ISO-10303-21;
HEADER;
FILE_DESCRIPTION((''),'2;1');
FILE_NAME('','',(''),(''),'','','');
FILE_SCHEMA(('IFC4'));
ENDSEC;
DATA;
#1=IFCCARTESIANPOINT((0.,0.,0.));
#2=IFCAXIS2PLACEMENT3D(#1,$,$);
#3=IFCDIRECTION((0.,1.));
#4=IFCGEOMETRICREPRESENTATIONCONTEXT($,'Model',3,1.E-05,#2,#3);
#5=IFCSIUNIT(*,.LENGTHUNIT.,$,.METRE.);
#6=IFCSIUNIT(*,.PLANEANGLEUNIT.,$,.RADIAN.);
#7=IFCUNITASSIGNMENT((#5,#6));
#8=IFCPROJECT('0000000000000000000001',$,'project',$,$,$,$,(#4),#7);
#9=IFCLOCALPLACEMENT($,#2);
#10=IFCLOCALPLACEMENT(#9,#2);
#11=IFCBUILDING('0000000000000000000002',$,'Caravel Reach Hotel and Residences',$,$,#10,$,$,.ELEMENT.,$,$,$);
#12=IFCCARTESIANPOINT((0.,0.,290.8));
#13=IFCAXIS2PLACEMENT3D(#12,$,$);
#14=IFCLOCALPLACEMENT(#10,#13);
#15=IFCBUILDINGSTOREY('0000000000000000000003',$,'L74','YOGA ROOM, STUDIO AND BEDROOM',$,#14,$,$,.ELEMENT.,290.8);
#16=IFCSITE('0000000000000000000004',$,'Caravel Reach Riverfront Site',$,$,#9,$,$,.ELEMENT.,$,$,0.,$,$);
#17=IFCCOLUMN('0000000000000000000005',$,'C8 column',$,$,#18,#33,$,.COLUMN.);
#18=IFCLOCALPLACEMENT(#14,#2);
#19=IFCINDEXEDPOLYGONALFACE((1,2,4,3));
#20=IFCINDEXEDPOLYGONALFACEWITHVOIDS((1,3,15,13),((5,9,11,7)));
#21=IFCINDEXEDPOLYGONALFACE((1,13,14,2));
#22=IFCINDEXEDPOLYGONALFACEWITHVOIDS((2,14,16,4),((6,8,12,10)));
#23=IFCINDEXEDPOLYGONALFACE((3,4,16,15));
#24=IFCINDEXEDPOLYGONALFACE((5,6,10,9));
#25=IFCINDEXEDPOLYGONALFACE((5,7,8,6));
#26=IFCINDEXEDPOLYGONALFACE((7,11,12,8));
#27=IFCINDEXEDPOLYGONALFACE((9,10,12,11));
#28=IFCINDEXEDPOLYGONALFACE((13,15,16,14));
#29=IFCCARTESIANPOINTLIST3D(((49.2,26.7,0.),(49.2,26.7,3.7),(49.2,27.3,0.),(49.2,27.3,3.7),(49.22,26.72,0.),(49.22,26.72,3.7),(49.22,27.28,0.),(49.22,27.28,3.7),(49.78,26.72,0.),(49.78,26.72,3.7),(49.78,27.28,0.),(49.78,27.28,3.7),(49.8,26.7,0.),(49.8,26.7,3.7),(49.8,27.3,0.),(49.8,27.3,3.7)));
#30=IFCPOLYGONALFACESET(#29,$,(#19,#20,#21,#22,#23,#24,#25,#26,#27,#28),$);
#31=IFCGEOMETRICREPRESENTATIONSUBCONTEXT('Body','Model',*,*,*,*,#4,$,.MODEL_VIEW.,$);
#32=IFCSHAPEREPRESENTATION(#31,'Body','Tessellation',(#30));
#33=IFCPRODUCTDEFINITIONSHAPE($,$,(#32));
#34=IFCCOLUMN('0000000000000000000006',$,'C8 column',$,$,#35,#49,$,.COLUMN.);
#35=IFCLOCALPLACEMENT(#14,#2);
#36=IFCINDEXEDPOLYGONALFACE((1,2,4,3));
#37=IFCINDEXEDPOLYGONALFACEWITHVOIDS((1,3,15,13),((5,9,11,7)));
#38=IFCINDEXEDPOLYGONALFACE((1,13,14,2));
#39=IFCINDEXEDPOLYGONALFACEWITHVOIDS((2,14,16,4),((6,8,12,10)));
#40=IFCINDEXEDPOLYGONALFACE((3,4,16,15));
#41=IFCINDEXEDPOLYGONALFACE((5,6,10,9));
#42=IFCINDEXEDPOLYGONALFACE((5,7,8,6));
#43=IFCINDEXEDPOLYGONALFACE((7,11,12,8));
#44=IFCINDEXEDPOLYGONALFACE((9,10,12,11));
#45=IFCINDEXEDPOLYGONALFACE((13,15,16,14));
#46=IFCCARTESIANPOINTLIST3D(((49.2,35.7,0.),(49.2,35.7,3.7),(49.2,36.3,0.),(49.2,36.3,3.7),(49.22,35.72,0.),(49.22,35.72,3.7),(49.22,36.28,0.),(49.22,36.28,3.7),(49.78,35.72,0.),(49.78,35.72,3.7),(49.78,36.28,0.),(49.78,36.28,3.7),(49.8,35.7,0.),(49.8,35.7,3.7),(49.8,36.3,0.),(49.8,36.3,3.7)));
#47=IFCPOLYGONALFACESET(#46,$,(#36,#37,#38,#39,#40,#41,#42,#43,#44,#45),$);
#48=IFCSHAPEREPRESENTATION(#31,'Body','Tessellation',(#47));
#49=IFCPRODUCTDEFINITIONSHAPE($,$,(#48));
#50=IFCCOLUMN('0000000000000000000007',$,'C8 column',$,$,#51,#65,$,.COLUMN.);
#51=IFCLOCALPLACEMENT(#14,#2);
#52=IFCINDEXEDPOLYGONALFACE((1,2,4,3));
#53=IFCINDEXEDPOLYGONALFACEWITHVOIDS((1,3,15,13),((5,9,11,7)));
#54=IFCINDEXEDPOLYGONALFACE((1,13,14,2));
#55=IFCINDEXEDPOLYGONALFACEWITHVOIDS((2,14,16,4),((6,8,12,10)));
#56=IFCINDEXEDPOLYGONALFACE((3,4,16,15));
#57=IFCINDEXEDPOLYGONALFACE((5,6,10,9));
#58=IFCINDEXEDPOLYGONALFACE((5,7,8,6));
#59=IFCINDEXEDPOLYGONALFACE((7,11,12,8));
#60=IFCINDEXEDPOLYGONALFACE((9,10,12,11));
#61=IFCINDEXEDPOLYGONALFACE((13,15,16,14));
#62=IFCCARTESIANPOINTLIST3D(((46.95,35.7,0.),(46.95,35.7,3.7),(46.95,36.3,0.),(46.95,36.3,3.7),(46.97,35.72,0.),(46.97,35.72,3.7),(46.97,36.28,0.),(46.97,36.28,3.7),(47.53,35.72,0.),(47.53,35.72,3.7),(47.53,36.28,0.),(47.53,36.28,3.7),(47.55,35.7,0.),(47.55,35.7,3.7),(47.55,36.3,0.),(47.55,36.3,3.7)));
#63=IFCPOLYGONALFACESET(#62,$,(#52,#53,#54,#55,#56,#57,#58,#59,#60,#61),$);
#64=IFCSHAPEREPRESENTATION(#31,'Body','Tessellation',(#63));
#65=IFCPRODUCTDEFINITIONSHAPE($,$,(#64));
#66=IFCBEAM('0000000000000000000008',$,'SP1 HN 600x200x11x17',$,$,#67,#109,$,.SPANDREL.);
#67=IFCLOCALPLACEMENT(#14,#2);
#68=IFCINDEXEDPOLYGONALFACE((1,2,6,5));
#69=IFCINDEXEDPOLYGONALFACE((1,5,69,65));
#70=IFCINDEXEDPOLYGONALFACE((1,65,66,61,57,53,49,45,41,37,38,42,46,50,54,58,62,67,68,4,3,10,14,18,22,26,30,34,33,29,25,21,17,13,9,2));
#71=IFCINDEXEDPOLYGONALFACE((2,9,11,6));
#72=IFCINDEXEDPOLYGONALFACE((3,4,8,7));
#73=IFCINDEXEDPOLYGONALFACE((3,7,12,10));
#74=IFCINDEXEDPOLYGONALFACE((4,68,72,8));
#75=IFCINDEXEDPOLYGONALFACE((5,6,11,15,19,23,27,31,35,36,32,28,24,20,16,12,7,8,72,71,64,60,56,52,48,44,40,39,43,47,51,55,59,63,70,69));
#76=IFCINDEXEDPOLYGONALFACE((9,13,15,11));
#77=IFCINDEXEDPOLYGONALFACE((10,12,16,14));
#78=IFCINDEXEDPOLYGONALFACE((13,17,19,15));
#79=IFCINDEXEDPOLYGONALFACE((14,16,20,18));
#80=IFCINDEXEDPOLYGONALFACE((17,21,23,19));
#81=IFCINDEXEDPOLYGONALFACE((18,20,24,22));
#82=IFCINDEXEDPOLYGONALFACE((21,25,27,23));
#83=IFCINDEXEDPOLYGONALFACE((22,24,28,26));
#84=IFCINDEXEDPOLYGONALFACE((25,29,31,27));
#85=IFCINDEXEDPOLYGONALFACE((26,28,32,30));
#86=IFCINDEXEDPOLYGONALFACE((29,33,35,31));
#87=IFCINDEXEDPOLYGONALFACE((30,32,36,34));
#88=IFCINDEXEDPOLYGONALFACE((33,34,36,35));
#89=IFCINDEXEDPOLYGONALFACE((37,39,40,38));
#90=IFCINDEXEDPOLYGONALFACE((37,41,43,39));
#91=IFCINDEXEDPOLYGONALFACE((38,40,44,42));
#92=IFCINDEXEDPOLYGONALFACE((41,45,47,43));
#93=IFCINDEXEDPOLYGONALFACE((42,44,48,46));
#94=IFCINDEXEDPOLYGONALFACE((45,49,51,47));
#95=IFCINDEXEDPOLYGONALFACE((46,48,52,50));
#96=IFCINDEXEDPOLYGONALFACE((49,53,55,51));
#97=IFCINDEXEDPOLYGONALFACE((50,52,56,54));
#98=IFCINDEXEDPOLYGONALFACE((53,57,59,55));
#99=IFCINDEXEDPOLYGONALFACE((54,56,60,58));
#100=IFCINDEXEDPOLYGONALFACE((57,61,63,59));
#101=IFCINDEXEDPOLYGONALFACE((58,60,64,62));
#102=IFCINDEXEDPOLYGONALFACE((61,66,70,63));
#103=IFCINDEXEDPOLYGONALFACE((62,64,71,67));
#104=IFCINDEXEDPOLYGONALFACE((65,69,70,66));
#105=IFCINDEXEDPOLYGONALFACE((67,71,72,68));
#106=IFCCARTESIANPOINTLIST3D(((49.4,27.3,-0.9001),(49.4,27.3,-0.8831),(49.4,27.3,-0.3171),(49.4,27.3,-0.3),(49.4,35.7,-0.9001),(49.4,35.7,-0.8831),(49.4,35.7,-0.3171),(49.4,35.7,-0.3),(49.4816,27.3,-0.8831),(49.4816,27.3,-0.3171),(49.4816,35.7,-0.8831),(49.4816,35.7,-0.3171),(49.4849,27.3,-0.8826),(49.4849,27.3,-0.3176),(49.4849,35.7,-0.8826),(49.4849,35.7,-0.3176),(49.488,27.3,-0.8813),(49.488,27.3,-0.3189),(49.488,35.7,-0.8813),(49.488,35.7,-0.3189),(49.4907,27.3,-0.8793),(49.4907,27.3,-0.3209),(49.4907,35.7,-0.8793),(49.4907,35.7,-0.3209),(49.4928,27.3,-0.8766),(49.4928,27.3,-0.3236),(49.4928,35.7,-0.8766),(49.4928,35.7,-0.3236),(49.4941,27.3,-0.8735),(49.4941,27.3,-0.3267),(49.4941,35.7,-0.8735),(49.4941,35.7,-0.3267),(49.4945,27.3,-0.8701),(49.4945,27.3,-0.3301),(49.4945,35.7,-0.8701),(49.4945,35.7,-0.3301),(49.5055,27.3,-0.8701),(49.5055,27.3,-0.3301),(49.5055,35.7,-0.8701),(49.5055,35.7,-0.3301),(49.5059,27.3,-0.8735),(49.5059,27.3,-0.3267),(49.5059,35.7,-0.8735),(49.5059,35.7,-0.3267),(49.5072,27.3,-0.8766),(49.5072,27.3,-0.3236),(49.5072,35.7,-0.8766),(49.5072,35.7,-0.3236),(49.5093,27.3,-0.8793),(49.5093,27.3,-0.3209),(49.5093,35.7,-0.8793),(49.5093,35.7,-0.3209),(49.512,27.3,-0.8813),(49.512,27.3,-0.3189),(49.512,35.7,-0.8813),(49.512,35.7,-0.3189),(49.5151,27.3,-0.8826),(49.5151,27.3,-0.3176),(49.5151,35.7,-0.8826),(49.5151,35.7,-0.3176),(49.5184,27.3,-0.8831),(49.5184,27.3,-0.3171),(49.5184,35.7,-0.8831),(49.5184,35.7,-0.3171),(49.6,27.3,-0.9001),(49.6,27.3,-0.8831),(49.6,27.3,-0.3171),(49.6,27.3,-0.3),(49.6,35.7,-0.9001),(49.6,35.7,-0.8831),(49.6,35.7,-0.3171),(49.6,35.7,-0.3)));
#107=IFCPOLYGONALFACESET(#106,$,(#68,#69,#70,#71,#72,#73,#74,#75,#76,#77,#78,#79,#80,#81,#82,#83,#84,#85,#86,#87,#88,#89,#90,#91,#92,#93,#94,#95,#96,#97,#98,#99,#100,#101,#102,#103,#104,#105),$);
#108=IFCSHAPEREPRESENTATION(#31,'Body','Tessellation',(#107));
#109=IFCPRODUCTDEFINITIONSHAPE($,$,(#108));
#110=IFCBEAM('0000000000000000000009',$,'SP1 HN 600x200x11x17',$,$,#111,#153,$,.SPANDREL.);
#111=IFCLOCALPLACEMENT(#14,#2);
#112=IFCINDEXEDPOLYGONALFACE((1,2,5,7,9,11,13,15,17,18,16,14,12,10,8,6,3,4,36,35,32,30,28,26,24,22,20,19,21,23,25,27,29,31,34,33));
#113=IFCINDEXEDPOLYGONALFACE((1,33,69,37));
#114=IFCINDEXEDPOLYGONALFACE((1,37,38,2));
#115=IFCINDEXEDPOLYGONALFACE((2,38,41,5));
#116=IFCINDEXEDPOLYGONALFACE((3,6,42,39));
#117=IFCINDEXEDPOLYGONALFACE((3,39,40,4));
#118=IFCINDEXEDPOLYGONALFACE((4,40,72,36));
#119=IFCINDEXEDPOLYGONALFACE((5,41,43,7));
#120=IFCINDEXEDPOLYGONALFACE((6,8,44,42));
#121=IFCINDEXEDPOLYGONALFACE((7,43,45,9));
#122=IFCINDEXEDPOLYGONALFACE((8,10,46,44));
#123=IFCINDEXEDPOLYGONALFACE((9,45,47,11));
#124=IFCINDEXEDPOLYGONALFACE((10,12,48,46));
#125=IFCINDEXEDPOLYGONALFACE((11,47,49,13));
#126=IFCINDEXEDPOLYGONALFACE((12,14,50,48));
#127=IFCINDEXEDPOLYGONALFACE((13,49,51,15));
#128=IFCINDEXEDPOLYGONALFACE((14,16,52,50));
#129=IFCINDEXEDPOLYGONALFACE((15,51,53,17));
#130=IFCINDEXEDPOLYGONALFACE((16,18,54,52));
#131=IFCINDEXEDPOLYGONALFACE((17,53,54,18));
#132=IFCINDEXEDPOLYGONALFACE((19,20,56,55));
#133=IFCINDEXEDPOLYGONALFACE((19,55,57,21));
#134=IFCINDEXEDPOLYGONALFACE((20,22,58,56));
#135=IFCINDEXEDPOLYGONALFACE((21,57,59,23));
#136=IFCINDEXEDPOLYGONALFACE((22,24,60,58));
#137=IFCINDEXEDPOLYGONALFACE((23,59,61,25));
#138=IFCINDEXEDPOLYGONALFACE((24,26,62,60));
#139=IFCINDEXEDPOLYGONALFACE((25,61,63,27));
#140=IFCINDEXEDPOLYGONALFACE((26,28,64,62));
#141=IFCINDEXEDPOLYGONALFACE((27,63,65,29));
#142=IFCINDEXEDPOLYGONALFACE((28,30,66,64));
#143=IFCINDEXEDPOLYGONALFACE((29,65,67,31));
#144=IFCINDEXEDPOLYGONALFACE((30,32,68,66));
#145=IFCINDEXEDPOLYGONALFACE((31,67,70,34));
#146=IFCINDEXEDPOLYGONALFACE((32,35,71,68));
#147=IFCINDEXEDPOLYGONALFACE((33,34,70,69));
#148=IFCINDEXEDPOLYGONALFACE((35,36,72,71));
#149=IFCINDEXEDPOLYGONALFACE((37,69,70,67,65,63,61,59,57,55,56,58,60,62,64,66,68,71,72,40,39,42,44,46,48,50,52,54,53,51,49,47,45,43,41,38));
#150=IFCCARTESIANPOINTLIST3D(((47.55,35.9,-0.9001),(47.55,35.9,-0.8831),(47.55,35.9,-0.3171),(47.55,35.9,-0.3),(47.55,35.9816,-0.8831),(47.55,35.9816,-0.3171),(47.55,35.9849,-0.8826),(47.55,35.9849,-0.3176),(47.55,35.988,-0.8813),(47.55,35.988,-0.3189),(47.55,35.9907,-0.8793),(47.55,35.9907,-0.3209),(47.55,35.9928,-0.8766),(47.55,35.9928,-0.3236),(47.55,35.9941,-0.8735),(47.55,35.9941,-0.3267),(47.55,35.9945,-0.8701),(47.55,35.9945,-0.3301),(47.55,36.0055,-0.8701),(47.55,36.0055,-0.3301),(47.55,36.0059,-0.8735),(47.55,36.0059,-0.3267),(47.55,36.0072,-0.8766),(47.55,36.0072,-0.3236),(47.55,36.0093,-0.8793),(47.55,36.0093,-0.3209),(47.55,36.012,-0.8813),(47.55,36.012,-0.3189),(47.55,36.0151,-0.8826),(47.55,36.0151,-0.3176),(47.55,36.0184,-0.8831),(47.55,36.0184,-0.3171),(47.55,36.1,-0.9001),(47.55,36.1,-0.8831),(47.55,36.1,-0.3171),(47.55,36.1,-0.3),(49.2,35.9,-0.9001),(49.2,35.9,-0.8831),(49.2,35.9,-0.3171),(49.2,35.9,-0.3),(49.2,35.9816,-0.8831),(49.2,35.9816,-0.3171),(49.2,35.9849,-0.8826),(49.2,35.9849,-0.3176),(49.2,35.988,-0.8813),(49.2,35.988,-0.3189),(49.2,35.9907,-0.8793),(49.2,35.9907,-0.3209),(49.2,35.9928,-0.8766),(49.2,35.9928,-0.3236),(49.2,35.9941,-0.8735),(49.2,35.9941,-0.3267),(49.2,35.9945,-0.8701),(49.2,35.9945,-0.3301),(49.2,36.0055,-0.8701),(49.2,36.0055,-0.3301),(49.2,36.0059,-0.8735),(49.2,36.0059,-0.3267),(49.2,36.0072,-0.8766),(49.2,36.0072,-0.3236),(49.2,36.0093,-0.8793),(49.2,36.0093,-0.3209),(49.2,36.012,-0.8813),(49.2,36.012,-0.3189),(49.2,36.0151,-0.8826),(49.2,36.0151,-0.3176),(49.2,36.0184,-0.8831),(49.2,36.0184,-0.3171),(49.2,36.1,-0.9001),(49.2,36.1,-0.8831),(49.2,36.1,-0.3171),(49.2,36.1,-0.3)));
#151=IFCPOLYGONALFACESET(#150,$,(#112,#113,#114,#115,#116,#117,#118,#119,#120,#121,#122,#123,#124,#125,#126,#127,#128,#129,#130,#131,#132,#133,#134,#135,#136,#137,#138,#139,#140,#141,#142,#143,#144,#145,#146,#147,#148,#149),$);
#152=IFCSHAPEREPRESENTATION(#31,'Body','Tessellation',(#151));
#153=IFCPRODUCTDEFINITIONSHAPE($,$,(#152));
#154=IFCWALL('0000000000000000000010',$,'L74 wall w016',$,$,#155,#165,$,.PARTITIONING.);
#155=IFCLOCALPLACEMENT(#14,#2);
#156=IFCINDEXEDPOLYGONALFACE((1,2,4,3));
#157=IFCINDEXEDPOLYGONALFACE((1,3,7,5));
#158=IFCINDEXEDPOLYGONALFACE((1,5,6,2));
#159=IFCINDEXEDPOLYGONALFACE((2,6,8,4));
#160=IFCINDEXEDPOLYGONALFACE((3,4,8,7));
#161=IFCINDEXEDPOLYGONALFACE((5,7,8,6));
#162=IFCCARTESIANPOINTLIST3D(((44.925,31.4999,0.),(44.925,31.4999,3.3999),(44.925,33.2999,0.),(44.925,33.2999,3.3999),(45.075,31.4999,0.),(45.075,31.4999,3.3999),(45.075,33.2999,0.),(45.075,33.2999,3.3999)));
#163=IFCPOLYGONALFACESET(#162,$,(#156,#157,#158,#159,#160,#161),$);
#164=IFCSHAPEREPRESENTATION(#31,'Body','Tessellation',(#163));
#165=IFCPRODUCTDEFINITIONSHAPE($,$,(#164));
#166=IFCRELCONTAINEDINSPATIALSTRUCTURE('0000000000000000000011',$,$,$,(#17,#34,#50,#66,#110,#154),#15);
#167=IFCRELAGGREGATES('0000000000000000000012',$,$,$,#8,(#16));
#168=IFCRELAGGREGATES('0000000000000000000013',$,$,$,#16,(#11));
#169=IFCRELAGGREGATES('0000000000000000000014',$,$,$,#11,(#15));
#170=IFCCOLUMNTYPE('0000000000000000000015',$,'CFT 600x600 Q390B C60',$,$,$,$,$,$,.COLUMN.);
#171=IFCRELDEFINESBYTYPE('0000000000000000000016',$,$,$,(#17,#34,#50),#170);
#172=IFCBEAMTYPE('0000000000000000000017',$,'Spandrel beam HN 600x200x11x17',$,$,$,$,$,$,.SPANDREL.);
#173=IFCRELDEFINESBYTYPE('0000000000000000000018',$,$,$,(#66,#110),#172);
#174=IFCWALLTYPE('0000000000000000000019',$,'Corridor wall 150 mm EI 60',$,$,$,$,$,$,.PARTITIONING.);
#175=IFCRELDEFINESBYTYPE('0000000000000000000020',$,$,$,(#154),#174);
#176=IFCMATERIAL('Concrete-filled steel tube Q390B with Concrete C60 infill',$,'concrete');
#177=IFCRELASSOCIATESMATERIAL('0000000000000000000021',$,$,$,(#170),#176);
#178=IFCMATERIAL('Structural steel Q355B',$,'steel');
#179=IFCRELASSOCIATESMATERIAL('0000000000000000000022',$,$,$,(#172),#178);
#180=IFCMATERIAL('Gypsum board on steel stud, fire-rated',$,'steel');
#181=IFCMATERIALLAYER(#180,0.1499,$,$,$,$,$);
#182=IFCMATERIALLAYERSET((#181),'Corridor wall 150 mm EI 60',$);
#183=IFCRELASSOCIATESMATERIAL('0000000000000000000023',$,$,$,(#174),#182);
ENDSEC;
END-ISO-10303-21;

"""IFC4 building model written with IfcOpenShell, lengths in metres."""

from ifc_helpers import new_model, si_unit, direction, frame, frame_2d, origin, origin_2d, place, context, subcontext, project, spatial, rectangle, hollow_rectangle, i_section, extrude, material, layer, layer_set, material_profile, profile_set, type_object, element, save


model = new_model("IFC4")

# Units and contexts
model_context = context("Model", 3, precision=1e-05, world=origin(), true_north=direction((0.0, 1.0)))
body_context = subcontext(model_context, "Body", "Model", "MODEL_VIEW")
ifc_project = project(units=[si_unit("LENGTHUNIT", "METRE"), si_unit("PLANEANGLEUNIT", "RADIAN")], contexts=[model_context])

# Site, building, storey
site_placement = place(None, origin())
site = spatial("IfcSite", under=ifc_project, at=site_placement, Name="Caravel Reach Riverfront Site", CompositionType="ELEMENT", RefElevation=0.0)
building_placement = place(site_placement, origin())
building = spatial("IfcBuilding", under=site, at=building_placement, Name="Caravel Reach Hotel and Residences", CompositionType="ELEMENT")
storey_placement = place(building_placement, frame((0.0, 0.0, 290.8)))
storey = spatial("IfcBuildingStorey", under=building, at=storey_placement, Name="L74", Description="YOGA ROOM, STUDIO AND BEDROOM", CompositionType="ELEMENT", Elevation=290.8)

# Columns
ifc_material_1 = material(Name="Concrete-filled steel tube Q390B with Concrete C60 infill", Category="concrete")
ifc_material_profile_1 = material_profile(ifc_material_1, hollow_rectangle(XDim=0.6001, YDim=0.6001, WallThickness=0.02, at=origin_2d()), Name="RHS 600x600x20")
ifc_profile_set_1 = profile_set([ifc_material_profile_1], Name="Concrete-filled steel tube Q390B with Concrete C60 infill")
column_type = type_object("IfcColumnType", Name="CFT 600x600 Q390B C60", PredefinedType="COLUMN", material=ifc_profile_set_1)
for number, where, z_axis, x_axis, name in (
    (1, (49.5, 27.0, 0.0), (0.0, 0.0, 1.0), (1.0, 0.0, 0.0), "C8 column"),
    (2, (49.5, 36.0, 0.0), (0.0, 0.0, 1.0), (1.0, 0.0, 0.0), "C8 column"),
    (3, (47.25, 36.0, 0.0), (0.0, 0.0, 1.0), (1.0, 0.0, 0.0), "C8 column"),
):
    element("IfcColumn", number, at=place(storey_placement, frame(where, z_axis=z_axis, x_axis=x_axis)), inside=storey, type_object=column_type, Name=name, PredefinedType="COLUMN", context=body_context, shape_type="SweptSolid", body=[
        extrude(hollow_rectangle(XDim=0.6001, YDim=0.6001, WallThickness=0.02, at=origin_2d()), origin(), (0.0, 0.0, 1.0), 3.7),
    ])

# Beams
ifc_material_2 = material(Name="Structural steel Q355B", Category="steel")
ifc_material_profile_2 = material_profile(ifc_material_2, i_section(OverallWidth=0.2, OverallDepth=0.6001, WebThickness=0.011, FlangeThickness=0.0171, FilletRadius=0.0129, at=origin_2d()), Name="HN 600x200x11x17")
ifc_profile_set_2 = profile_set([ifc_material_profile_2], Name="Structural steel Q355B")
beam_type = type_object("IfcBeamType", Name="Spandrel beam HN 600x200x11x17", PredefinedType="SPANDREL", material=ifc_profile_set_2)
beam_1_placement = place(storey_placement, frame((49.5, 27.3, -0.6001), z_axis=(0.0, 1.0, 0.0), x_axis=(-1.0, 0.0, 0.0)))
element("IfcBeam", 4, at=beam_1_placement, inside=storey, type_object=beam_type, Name="SP1 HN 600x200x11x17", PredefinedType="SPANDREL", context=body_context, shape_type="SweptSolid", body=[
    extrude(i_section(OverallWidth=0.2, OverallDepth=0.6001, WebThickness=0.011, FlangeThickness=0.0171, FilletRadius=0.0129, at=origin_2d()), origin(), (0.0, 0.0, 1.0), 8.3999),
])
beam_2_placement = place(storey_placement, frame((49.2, 36.0, -0.6001), z_axis=(-1.0, 0.0, 0.0), x_axis=(0.0, -1.0, 0.0)))
element("IfcBeam", 5, at=beam_2_placement, inside=storey, type_object=beam_type, Name="SP1 HN 600x200x11x17", PredefinedType="SPANDREL", context=body_context, shape_type="SweptSolid", body=[
    extrude(i_section(OverallWidth=0.2, OverallDepth=0.6001, WebThickness=0.011, FlangeThickness=0.0171, FilletRadius=0.0129, at=origin_2d()), origin(), (0.0, 0.0, 1.0), 1.6499),
])

# Wall
ifc_material_3 = material(Name="Gypsum board on steel stud, fire-rated", Category="steel")
ifc_layer_1 = layer(ifc_material_3, 0.1499)
ifc_layer_set_1 = layer_set([ifc_layer_1], Name="Corridor wall 150 mm EI 60")
wall_type_1 = type_object("IfcWallType", Name="Corridor wall 150 mm EI 60", PredefinedType="PARTITIONING", material=ifc_layer_set_1)
wall_1_placement = place(storey_placement, frame((45.0, 31.5, 0.0), z_axis=(0.0, 0.0, 1.0), x_axis=(0.0, 1.0, 0.0)))
element("IfcWall", 6, at=wall_1_placement, inside=storey, type_object=wall_type_1, Name="L74 wall w016", PredefinedType="PARTITIONING", context=body_context, shape_type="SweptSolid", body=[
    extrude(rectangle(XDim=1.8, YDim=0.1499, at=frame_2d((0.8999, 0.0))), origin(), (0.0, 0.0, 1.0), 3.3999),
])

save(model, "model.ifc")
